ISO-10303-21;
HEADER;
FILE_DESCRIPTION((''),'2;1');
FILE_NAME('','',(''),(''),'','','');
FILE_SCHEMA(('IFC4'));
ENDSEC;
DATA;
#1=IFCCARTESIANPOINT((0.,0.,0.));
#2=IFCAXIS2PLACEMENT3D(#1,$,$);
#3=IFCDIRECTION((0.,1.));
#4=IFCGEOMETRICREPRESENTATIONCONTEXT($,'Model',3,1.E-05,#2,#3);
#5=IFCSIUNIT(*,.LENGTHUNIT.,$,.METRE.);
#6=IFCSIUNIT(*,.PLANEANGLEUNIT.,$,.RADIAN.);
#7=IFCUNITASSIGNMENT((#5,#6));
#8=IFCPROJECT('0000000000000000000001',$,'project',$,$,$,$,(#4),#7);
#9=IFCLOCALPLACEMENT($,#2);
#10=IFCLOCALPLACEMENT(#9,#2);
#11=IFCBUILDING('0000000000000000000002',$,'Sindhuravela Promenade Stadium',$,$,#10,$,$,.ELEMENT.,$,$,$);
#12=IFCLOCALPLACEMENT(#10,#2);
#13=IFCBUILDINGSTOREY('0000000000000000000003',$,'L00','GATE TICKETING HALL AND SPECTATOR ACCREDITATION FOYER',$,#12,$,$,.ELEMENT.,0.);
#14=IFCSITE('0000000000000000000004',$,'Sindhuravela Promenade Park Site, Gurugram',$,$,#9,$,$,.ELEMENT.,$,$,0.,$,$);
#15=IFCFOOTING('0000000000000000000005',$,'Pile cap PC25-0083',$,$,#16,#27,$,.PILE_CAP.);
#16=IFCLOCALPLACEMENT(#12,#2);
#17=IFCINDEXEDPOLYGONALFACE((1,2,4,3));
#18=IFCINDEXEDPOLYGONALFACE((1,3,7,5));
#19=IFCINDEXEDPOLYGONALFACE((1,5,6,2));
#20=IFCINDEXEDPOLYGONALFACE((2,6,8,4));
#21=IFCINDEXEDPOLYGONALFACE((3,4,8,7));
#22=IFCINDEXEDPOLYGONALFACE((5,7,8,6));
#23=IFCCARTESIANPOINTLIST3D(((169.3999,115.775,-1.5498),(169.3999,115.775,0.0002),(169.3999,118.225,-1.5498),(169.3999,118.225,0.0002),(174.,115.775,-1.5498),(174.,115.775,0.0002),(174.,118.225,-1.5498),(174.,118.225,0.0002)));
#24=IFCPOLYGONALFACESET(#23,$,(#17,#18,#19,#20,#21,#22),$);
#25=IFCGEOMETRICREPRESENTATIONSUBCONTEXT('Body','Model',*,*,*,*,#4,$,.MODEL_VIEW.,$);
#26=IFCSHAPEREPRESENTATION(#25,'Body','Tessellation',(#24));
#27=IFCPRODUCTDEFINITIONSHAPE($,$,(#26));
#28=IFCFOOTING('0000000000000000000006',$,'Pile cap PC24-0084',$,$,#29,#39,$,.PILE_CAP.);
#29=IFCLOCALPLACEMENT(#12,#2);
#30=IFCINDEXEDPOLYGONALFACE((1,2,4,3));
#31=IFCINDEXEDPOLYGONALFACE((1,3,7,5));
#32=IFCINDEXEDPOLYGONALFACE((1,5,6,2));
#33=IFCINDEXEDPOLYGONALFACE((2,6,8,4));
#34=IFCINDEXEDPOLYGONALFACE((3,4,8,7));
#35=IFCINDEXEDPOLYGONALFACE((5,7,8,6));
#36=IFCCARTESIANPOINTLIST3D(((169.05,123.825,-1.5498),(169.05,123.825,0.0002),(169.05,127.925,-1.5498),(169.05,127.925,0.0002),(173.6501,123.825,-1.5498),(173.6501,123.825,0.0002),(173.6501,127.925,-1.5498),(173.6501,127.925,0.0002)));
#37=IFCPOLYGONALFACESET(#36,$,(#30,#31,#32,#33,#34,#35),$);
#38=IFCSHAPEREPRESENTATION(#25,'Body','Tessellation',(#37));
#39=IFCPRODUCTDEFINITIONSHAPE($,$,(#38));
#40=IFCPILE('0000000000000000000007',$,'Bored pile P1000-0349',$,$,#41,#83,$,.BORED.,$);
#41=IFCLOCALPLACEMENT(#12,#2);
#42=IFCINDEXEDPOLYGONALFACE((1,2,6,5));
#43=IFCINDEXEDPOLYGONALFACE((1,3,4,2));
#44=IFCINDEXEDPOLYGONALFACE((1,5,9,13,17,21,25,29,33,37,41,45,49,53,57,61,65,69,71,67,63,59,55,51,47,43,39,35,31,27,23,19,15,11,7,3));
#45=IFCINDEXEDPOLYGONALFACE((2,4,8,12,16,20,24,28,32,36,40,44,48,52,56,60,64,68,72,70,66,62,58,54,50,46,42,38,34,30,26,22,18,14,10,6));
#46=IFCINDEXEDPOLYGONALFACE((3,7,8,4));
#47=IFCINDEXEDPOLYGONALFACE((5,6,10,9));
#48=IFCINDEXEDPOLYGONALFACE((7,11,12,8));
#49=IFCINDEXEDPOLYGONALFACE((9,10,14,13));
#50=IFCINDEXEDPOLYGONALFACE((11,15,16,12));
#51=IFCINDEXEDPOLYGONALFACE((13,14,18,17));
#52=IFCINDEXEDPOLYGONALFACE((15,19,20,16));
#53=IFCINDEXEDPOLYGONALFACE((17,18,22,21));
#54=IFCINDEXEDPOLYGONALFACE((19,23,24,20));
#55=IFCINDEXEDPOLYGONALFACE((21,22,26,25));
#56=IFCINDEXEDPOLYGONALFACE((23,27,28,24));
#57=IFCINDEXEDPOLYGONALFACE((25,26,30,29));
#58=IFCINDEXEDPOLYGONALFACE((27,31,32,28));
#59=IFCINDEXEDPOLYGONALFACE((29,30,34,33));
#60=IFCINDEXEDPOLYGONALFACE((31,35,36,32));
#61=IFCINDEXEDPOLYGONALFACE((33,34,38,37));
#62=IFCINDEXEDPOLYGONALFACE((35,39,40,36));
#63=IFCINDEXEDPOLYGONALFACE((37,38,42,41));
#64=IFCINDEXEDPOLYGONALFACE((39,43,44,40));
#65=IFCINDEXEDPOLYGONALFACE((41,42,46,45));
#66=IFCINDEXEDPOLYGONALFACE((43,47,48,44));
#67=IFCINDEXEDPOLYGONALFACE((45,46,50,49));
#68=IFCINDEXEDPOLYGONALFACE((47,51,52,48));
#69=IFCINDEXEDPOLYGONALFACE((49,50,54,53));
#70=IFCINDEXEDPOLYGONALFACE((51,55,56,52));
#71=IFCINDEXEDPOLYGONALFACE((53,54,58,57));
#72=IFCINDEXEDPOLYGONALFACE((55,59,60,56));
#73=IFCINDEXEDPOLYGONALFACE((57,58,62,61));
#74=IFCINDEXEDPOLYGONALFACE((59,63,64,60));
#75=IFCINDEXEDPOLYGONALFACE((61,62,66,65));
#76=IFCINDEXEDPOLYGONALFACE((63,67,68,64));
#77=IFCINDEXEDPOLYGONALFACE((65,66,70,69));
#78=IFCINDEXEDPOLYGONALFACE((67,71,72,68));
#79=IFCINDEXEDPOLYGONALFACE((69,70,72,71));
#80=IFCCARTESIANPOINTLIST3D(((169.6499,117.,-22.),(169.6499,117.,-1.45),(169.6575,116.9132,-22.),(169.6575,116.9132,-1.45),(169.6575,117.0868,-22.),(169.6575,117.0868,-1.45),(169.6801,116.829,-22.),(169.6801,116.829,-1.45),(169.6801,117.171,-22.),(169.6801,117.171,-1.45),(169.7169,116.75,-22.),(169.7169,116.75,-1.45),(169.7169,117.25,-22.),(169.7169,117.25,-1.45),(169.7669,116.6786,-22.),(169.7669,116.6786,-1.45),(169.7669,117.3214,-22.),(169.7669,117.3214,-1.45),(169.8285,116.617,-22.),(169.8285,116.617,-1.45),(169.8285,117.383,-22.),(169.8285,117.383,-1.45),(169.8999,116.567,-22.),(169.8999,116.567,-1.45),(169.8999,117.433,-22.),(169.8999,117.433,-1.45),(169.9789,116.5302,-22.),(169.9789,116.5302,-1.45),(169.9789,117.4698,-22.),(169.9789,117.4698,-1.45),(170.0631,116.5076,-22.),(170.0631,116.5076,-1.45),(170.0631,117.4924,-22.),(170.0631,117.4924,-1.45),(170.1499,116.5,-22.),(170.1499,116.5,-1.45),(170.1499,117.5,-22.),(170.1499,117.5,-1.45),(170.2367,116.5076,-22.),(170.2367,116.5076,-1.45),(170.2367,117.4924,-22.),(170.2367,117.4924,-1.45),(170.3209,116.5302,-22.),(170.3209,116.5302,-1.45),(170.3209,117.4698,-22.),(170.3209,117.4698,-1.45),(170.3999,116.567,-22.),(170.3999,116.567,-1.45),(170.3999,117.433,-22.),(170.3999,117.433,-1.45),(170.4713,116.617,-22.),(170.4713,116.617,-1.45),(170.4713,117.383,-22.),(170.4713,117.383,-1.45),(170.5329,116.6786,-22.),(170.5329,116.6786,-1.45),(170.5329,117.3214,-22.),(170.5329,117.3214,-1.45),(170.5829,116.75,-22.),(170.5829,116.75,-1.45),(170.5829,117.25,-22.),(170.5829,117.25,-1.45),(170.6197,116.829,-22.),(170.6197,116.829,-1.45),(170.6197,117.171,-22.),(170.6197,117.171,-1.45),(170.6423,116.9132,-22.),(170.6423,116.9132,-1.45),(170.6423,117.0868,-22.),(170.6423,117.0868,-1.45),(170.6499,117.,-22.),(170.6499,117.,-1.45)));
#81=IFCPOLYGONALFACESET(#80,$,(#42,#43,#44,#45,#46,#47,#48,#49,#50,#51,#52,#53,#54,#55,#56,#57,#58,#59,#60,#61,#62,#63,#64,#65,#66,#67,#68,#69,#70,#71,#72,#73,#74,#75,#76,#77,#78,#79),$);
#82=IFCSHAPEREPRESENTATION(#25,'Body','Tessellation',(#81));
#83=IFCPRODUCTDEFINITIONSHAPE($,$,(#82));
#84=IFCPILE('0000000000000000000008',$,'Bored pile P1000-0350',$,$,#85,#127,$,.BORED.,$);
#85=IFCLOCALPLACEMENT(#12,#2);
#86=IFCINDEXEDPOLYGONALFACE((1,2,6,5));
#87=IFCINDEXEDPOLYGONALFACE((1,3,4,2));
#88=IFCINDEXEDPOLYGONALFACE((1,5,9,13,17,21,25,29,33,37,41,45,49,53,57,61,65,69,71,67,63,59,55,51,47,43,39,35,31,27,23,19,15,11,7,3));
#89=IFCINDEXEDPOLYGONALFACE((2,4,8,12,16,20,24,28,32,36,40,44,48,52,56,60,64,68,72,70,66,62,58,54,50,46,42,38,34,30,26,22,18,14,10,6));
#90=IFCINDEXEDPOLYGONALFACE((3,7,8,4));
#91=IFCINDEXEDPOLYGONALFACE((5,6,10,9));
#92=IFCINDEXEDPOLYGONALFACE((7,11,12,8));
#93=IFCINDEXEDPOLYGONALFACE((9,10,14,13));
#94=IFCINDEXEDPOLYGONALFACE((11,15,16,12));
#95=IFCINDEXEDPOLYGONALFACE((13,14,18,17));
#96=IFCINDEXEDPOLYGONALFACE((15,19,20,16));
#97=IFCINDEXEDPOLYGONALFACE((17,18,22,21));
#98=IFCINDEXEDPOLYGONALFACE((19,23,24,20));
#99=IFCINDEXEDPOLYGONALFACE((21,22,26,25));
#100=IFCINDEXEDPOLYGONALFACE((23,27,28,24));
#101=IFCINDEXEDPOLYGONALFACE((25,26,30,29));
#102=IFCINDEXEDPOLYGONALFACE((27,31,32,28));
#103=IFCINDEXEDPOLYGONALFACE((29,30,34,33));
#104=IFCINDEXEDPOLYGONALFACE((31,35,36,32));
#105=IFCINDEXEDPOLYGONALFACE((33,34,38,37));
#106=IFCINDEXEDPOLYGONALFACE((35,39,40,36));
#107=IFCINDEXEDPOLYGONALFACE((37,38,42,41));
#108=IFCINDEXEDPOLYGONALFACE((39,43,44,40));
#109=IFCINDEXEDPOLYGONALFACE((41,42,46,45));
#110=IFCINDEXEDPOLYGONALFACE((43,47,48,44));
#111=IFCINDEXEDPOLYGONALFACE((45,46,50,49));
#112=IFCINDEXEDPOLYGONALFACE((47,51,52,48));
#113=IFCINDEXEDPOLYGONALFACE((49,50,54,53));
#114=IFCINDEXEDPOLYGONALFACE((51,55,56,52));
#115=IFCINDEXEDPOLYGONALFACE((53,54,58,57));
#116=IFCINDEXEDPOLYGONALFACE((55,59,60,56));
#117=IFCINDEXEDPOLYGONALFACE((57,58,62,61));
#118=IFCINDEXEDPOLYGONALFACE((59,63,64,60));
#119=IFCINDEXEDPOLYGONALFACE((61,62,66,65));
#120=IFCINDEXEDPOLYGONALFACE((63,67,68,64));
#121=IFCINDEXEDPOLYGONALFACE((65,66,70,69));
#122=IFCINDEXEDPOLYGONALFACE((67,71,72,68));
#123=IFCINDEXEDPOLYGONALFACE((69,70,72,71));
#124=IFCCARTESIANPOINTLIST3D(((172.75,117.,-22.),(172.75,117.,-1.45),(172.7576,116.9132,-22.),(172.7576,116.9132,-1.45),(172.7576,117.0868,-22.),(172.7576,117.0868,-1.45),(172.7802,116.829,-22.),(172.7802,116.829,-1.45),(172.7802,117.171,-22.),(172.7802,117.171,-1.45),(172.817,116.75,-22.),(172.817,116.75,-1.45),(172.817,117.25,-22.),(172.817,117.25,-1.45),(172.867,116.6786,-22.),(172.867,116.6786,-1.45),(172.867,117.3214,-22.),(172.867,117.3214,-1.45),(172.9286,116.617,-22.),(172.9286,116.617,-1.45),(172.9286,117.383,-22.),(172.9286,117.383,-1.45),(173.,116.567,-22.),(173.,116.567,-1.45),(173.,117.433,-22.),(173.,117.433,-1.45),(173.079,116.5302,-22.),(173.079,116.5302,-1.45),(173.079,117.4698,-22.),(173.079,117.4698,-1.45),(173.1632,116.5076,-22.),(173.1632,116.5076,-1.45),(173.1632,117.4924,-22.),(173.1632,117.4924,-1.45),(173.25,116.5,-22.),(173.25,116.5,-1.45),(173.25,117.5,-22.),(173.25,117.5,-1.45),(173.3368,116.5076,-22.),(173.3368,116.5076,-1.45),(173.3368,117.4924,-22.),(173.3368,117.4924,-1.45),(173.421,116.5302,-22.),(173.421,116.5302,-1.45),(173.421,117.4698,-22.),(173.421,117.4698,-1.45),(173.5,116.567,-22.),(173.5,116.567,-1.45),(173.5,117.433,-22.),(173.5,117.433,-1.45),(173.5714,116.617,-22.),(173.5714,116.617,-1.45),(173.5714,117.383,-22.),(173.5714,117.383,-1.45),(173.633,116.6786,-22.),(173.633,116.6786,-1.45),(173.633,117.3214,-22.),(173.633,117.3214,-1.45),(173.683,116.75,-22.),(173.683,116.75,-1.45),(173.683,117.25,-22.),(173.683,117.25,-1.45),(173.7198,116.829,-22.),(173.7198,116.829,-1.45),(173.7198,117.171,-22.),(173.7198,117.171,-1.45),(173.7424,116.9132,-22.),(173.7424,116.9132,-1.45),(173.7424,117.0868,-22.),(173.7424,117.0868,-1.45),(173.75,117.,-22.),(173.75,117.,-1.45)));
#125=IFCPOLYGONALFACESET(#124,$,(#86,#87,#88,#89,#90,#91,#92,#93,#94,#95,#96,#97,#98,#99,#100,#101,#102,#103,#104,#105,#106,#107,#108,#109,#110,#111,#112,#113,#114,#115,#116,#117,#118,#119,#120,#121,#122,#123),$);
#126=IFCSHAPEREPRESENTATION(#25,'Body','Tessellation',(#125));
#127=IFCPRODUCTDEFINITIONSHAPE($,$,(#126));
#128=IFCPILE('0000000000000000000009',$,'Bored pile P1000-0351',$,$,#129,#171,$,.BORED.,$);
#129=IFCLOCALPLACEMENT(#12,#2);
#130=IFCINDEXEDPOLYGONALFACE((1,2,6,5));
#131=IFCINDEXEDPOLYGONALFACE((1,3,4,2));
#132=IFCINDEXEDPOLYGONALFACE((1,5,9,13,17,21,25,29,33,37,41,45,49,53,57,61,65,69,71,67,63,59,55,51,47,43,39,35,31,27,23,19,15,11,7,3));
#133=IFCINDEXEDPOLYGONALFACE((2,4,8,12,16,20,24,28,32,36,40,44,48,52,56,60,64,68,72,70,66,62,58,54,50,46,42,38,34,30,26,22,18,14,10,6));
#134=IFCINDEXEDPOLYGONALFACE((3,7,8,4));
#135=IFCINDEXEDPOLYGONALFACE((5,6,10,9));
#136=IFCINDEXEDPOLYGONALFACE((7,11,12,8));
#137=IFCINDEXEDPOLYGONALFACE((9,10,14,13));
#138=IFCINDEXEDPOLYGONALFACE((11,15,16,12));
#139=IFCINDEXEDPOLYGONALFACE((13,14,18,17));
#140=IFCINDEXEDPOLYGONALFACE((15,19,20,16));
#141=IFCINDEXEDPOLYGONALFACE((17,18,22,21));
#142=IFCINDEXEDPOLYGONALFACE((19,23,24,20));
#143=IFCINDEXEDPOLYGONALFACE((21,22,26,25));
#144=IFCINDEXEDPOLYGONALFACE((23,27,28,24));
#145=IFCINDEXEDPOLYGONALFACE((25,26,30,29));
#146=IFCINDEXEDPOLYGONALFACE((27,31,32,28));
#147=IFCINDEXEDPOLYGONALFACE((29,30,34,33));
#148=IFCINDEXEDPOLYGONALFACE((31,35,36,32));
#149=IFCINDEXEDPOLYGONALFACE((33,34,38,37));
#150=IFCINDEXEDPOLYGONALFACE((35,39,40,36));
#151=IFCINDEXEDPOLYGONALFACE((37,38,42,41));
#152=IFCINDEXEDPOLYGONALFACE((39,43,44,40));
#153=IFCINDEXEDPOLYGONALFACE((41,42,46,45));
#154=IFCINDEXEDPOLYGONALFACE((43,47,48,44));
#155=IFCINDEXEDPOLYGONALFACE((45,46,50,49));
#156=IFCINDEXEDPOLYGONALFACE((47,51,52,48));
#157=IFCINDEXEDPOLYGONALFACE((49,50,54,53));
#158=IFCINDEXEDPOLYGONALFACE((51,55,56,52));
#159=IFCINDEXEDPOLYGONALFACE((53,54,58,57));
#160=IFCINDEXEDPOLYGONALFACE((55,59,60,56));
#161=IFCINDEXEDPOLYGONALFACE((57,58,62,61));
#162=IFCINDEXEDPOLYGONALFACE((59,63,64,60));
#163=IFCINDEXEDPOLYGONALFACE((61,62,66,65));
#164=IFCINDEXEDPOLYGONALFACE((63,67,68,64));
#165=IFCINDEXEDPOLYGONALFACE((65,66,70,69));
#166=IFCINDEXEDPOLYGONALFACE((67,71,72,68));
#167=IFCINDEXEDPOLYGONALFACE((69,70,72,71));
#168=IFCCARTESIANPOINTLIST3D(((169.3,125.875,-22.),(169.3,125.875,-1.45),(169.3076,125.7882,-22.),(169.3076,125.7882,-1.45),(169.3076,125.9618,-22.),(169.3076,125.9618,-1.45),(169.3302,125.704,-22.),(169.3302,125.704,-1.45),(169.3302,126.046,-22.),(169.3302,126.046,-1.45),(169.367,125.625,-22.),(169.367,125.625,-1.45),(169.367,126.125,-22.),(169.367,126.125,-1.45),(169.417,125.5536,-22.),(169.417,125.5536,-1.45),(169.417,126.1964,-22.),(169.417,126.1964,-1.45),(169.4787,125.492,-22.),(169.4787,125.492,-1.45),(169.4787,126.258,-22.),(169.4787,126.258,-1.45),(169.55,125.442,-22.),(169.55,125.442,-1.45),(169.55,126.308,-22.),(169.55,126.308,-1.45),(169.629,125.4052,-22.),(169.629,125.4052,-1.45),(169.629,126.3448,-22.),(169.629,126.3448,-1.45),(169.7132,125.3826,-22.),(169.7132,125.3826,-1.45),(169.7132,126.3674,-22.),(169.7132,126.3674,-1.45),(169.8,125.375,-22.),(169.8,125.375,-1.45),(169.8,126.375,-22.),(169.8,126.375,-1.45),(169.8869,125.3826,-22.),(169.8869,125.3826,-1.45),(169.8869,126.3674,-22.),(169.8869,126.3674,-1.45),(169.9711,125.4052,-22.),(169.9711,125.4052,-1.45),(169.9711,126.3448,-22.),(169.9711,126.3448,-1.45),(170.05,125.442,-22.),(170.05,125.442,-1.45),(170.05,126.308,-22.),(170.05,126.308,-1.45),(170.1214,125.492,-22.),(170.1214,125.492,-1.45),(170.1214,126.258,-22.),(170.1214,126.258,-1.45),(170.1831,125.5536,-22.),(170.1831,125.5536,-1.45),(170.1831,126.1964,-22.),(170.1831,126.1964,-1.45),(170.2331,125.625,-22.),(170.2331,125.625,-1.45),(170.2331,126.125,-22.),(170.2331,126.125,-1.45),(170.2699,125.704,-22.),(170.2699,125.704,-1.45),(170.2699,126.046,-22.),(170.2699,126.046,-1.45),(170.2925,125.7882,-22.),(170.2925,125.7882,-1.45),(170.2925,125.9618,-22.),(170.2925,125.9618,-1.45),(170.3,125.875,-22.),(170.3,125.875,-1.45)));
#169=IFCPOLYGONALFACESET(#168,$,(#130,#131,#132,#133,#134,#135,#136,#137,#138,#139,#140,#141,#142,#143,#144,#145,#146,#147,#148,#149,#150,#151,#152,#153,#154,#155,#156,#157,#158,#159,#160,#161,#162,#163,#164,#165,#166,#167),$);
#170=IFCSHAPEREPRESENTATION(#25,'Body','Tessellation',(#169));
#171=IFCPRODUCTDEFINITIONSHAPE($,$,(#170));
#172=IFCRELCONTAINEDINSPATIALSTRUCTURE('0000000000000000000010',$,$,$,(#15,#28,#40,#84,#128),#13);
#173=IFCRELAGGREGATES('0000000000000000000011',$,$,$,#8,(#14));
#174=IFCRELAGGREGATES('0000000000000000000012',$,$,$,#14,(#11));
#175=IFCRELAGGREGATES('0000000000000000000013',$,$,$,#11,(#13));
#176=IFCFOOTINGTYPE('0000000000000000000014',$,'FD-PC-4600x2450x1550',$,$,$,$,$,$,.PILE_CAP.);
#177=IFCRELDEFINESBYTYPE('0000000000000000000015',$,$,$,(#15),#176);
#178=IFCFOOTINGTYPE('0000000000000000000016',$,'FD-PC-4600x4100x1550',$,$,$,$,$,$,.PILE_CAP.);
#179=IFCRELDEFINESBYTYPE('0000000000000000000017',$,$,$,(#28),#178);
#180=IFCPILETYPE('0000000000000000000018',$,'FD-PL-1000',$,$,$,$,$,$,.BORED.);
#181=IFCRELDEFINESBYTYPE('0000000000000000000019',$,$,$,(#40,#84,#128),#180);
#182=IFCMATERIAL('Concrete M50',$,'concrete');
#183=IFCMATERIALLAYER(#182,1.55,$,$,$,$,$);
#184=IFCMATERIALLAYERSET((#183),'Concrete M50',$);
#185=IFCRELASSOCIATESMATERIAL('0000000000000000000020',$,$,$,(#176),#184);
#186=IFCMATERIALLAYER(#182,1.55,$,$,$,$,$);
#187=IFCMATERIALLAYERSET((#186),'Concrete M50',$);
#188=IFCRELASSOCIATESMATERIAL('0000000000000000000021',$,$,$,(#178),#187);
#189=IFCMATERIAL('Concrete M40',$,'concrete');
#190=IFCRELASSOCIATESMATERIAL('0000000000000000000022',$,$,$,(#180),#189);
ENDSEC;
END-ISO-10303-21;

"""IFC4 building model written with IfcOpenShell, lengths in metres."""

from ifc_helpers import new_model, si_unit, direction, frame, origin, origin_2d, place, context, subcontext, project, spatial, rectangle, circle, extrude, material, layer, layer_set, material_profile, profile_set, type_object, element, save


model = new_model("IFC4")

# Units and contexts
model_context = context("Model", 3, precision=1e-05, world=origin(), true_north=direction((0.0, 1.0)))
body_context = subcontext(model_context, "Body", "Model", "MODEL_VIEW")
ifc_project = project(units=[si_unit("LENGTHUNIT", "METRE"), si_unit("PLANEANGLEUNIT", "RADIAN")], contexts=[model_context])

# Site, building, storey
site_placement = place(None, origin())
site = spatial("IfcSite", under=ifc_project, at=site_placement, Name="Sindhuravela Promenade Park Site, Gurugram", CompositionType="ELEMENT", RefElevation=0.0)
building_placement = place(site_placement, origin())
building = spatial("IfcBuilding", under=site, at=building_placement, Name="Sindhuravela Promenade Stadium", CompositionType="ELEMENT")
storey_placement = place(building_placement, origin())
storey = spatial("IfcBuildingStorey", under=building, at=storey_placement, Name="L00", Description="GATE TICKETING HALL AND SPECTATOR ACCREDITATION FOYER", CompositionType="ELEMENT", Elevation=0.0)

# Footings
ifc_material_1 = material(Name="Concrete M50", Category="concrete")
ifc_layer_1 = layer(ifc_material_1, 1.55)
ifc_layer_set_1 = layer_set([ifc_layer_1], Name="Concrete M50")
footing_type_1 = type_object("IfcFootingType", Name="FD-PC-4600x2450x1550", PredefinedType="PILE_CAP", material=ifc_layer_set_1)
footing_1_placement = place(storey_placement, frame((171.7, 117.0, -1.5498), z_axis=(0.0, 0.0, 1.0), x_axis=(1.0, 0.0, 0.0)))
element("IfcFooting", 1, at=footing_1_placement, inside=storey, type_object=footing_type_1, Name="Pile cap PC25-0083", PredefinedType="PILE_CAP", context=body_context, shape_type="SweptSolid", body=[
    extrude(rectangle(XDim=4.6001, YDim=2.45, at=origin_2d()), origin(), (0.0, 0.0, 1.0), 1.55),
])
ifc_layer_2 = layer(ifc_material_1, 1.55)
ifc_layer_set_2 = layer_set([ifc_layer_2], Name="Concrete M50")
footing_type_2 = type_object("IfcFootingType", Name="FD-PC-4600x4100x1550", PredefinedType="PILE_CAP", material=ifc_layer_set_2)
footing_2_placement = place(storey_placement, frame((171.3501, 125.875, -1.5498), z_axis=(0.0, 0.0, 1.0), x_axis=(1.0, 0.0, 0.0)))
element("IfcFooting", 2, at=footing_2_placement, inside=storey, type_object=footing_type_2, Name="Pile cap PC24-0084", PredefinedType="PILE_CAP", context=body_context, shape_type="SweptSolid", body=[
    extrude(rectangle(XDim=4.6001, YDim=4.1001, at=origin_2d()), origin(), (0.0, 0.0, 1.0), 1.55),
])

# Piles
ifc_material_2 = material(Name="Concrete M40", Category="concrete")
ifc_material_profile_1 = material_profile(ifc_material_2, circle(Radius=0.5, at=origin_2d()), Name="BORED PILE D1000")
ifc_profile_set_1 = profile_set([ifc_material_profile_1], Name="Concrete M40")
pile_type = type_object("IfcPileType", Name="FD-PL-1000", PredefinedType="BORED", material=ifc_profile_set_1)
for number, where, z_axis, x_axis, name in (
    (3, (170.1499, 117.0, -1.45), (0.0, 0.0, -1.0), (1.0, 0.0, 0.0), "Bored pile P1000-0349"),
    (4, (173.25, 117.0, -1.45), (0.0, 0.0, -1.0), (1.0, 0.0, 0.0), "Bored pile P1000-0350"),
    (5, (169.8, 125.875, -1.45), (0.0, 0.0, -1.0), (1.0, 0.0, 0.0), "Bored pile P1000-0351"),
):
    element("IfcPile", number, at=place(storey_placement, frame(where, z_axis=z_axis, x_axis=x_axis)), inside=storey, type_object=pile_type, Name=name, PredefinedType="BORED", context=body_context, shape_type="SweptSolid", body=[
        extrude(circle(Radius=0.5, at=origin_2d()), origin(), (0.0, 0.0, 1.0), 20.55),
    ])

save(model, "model.ifc")
